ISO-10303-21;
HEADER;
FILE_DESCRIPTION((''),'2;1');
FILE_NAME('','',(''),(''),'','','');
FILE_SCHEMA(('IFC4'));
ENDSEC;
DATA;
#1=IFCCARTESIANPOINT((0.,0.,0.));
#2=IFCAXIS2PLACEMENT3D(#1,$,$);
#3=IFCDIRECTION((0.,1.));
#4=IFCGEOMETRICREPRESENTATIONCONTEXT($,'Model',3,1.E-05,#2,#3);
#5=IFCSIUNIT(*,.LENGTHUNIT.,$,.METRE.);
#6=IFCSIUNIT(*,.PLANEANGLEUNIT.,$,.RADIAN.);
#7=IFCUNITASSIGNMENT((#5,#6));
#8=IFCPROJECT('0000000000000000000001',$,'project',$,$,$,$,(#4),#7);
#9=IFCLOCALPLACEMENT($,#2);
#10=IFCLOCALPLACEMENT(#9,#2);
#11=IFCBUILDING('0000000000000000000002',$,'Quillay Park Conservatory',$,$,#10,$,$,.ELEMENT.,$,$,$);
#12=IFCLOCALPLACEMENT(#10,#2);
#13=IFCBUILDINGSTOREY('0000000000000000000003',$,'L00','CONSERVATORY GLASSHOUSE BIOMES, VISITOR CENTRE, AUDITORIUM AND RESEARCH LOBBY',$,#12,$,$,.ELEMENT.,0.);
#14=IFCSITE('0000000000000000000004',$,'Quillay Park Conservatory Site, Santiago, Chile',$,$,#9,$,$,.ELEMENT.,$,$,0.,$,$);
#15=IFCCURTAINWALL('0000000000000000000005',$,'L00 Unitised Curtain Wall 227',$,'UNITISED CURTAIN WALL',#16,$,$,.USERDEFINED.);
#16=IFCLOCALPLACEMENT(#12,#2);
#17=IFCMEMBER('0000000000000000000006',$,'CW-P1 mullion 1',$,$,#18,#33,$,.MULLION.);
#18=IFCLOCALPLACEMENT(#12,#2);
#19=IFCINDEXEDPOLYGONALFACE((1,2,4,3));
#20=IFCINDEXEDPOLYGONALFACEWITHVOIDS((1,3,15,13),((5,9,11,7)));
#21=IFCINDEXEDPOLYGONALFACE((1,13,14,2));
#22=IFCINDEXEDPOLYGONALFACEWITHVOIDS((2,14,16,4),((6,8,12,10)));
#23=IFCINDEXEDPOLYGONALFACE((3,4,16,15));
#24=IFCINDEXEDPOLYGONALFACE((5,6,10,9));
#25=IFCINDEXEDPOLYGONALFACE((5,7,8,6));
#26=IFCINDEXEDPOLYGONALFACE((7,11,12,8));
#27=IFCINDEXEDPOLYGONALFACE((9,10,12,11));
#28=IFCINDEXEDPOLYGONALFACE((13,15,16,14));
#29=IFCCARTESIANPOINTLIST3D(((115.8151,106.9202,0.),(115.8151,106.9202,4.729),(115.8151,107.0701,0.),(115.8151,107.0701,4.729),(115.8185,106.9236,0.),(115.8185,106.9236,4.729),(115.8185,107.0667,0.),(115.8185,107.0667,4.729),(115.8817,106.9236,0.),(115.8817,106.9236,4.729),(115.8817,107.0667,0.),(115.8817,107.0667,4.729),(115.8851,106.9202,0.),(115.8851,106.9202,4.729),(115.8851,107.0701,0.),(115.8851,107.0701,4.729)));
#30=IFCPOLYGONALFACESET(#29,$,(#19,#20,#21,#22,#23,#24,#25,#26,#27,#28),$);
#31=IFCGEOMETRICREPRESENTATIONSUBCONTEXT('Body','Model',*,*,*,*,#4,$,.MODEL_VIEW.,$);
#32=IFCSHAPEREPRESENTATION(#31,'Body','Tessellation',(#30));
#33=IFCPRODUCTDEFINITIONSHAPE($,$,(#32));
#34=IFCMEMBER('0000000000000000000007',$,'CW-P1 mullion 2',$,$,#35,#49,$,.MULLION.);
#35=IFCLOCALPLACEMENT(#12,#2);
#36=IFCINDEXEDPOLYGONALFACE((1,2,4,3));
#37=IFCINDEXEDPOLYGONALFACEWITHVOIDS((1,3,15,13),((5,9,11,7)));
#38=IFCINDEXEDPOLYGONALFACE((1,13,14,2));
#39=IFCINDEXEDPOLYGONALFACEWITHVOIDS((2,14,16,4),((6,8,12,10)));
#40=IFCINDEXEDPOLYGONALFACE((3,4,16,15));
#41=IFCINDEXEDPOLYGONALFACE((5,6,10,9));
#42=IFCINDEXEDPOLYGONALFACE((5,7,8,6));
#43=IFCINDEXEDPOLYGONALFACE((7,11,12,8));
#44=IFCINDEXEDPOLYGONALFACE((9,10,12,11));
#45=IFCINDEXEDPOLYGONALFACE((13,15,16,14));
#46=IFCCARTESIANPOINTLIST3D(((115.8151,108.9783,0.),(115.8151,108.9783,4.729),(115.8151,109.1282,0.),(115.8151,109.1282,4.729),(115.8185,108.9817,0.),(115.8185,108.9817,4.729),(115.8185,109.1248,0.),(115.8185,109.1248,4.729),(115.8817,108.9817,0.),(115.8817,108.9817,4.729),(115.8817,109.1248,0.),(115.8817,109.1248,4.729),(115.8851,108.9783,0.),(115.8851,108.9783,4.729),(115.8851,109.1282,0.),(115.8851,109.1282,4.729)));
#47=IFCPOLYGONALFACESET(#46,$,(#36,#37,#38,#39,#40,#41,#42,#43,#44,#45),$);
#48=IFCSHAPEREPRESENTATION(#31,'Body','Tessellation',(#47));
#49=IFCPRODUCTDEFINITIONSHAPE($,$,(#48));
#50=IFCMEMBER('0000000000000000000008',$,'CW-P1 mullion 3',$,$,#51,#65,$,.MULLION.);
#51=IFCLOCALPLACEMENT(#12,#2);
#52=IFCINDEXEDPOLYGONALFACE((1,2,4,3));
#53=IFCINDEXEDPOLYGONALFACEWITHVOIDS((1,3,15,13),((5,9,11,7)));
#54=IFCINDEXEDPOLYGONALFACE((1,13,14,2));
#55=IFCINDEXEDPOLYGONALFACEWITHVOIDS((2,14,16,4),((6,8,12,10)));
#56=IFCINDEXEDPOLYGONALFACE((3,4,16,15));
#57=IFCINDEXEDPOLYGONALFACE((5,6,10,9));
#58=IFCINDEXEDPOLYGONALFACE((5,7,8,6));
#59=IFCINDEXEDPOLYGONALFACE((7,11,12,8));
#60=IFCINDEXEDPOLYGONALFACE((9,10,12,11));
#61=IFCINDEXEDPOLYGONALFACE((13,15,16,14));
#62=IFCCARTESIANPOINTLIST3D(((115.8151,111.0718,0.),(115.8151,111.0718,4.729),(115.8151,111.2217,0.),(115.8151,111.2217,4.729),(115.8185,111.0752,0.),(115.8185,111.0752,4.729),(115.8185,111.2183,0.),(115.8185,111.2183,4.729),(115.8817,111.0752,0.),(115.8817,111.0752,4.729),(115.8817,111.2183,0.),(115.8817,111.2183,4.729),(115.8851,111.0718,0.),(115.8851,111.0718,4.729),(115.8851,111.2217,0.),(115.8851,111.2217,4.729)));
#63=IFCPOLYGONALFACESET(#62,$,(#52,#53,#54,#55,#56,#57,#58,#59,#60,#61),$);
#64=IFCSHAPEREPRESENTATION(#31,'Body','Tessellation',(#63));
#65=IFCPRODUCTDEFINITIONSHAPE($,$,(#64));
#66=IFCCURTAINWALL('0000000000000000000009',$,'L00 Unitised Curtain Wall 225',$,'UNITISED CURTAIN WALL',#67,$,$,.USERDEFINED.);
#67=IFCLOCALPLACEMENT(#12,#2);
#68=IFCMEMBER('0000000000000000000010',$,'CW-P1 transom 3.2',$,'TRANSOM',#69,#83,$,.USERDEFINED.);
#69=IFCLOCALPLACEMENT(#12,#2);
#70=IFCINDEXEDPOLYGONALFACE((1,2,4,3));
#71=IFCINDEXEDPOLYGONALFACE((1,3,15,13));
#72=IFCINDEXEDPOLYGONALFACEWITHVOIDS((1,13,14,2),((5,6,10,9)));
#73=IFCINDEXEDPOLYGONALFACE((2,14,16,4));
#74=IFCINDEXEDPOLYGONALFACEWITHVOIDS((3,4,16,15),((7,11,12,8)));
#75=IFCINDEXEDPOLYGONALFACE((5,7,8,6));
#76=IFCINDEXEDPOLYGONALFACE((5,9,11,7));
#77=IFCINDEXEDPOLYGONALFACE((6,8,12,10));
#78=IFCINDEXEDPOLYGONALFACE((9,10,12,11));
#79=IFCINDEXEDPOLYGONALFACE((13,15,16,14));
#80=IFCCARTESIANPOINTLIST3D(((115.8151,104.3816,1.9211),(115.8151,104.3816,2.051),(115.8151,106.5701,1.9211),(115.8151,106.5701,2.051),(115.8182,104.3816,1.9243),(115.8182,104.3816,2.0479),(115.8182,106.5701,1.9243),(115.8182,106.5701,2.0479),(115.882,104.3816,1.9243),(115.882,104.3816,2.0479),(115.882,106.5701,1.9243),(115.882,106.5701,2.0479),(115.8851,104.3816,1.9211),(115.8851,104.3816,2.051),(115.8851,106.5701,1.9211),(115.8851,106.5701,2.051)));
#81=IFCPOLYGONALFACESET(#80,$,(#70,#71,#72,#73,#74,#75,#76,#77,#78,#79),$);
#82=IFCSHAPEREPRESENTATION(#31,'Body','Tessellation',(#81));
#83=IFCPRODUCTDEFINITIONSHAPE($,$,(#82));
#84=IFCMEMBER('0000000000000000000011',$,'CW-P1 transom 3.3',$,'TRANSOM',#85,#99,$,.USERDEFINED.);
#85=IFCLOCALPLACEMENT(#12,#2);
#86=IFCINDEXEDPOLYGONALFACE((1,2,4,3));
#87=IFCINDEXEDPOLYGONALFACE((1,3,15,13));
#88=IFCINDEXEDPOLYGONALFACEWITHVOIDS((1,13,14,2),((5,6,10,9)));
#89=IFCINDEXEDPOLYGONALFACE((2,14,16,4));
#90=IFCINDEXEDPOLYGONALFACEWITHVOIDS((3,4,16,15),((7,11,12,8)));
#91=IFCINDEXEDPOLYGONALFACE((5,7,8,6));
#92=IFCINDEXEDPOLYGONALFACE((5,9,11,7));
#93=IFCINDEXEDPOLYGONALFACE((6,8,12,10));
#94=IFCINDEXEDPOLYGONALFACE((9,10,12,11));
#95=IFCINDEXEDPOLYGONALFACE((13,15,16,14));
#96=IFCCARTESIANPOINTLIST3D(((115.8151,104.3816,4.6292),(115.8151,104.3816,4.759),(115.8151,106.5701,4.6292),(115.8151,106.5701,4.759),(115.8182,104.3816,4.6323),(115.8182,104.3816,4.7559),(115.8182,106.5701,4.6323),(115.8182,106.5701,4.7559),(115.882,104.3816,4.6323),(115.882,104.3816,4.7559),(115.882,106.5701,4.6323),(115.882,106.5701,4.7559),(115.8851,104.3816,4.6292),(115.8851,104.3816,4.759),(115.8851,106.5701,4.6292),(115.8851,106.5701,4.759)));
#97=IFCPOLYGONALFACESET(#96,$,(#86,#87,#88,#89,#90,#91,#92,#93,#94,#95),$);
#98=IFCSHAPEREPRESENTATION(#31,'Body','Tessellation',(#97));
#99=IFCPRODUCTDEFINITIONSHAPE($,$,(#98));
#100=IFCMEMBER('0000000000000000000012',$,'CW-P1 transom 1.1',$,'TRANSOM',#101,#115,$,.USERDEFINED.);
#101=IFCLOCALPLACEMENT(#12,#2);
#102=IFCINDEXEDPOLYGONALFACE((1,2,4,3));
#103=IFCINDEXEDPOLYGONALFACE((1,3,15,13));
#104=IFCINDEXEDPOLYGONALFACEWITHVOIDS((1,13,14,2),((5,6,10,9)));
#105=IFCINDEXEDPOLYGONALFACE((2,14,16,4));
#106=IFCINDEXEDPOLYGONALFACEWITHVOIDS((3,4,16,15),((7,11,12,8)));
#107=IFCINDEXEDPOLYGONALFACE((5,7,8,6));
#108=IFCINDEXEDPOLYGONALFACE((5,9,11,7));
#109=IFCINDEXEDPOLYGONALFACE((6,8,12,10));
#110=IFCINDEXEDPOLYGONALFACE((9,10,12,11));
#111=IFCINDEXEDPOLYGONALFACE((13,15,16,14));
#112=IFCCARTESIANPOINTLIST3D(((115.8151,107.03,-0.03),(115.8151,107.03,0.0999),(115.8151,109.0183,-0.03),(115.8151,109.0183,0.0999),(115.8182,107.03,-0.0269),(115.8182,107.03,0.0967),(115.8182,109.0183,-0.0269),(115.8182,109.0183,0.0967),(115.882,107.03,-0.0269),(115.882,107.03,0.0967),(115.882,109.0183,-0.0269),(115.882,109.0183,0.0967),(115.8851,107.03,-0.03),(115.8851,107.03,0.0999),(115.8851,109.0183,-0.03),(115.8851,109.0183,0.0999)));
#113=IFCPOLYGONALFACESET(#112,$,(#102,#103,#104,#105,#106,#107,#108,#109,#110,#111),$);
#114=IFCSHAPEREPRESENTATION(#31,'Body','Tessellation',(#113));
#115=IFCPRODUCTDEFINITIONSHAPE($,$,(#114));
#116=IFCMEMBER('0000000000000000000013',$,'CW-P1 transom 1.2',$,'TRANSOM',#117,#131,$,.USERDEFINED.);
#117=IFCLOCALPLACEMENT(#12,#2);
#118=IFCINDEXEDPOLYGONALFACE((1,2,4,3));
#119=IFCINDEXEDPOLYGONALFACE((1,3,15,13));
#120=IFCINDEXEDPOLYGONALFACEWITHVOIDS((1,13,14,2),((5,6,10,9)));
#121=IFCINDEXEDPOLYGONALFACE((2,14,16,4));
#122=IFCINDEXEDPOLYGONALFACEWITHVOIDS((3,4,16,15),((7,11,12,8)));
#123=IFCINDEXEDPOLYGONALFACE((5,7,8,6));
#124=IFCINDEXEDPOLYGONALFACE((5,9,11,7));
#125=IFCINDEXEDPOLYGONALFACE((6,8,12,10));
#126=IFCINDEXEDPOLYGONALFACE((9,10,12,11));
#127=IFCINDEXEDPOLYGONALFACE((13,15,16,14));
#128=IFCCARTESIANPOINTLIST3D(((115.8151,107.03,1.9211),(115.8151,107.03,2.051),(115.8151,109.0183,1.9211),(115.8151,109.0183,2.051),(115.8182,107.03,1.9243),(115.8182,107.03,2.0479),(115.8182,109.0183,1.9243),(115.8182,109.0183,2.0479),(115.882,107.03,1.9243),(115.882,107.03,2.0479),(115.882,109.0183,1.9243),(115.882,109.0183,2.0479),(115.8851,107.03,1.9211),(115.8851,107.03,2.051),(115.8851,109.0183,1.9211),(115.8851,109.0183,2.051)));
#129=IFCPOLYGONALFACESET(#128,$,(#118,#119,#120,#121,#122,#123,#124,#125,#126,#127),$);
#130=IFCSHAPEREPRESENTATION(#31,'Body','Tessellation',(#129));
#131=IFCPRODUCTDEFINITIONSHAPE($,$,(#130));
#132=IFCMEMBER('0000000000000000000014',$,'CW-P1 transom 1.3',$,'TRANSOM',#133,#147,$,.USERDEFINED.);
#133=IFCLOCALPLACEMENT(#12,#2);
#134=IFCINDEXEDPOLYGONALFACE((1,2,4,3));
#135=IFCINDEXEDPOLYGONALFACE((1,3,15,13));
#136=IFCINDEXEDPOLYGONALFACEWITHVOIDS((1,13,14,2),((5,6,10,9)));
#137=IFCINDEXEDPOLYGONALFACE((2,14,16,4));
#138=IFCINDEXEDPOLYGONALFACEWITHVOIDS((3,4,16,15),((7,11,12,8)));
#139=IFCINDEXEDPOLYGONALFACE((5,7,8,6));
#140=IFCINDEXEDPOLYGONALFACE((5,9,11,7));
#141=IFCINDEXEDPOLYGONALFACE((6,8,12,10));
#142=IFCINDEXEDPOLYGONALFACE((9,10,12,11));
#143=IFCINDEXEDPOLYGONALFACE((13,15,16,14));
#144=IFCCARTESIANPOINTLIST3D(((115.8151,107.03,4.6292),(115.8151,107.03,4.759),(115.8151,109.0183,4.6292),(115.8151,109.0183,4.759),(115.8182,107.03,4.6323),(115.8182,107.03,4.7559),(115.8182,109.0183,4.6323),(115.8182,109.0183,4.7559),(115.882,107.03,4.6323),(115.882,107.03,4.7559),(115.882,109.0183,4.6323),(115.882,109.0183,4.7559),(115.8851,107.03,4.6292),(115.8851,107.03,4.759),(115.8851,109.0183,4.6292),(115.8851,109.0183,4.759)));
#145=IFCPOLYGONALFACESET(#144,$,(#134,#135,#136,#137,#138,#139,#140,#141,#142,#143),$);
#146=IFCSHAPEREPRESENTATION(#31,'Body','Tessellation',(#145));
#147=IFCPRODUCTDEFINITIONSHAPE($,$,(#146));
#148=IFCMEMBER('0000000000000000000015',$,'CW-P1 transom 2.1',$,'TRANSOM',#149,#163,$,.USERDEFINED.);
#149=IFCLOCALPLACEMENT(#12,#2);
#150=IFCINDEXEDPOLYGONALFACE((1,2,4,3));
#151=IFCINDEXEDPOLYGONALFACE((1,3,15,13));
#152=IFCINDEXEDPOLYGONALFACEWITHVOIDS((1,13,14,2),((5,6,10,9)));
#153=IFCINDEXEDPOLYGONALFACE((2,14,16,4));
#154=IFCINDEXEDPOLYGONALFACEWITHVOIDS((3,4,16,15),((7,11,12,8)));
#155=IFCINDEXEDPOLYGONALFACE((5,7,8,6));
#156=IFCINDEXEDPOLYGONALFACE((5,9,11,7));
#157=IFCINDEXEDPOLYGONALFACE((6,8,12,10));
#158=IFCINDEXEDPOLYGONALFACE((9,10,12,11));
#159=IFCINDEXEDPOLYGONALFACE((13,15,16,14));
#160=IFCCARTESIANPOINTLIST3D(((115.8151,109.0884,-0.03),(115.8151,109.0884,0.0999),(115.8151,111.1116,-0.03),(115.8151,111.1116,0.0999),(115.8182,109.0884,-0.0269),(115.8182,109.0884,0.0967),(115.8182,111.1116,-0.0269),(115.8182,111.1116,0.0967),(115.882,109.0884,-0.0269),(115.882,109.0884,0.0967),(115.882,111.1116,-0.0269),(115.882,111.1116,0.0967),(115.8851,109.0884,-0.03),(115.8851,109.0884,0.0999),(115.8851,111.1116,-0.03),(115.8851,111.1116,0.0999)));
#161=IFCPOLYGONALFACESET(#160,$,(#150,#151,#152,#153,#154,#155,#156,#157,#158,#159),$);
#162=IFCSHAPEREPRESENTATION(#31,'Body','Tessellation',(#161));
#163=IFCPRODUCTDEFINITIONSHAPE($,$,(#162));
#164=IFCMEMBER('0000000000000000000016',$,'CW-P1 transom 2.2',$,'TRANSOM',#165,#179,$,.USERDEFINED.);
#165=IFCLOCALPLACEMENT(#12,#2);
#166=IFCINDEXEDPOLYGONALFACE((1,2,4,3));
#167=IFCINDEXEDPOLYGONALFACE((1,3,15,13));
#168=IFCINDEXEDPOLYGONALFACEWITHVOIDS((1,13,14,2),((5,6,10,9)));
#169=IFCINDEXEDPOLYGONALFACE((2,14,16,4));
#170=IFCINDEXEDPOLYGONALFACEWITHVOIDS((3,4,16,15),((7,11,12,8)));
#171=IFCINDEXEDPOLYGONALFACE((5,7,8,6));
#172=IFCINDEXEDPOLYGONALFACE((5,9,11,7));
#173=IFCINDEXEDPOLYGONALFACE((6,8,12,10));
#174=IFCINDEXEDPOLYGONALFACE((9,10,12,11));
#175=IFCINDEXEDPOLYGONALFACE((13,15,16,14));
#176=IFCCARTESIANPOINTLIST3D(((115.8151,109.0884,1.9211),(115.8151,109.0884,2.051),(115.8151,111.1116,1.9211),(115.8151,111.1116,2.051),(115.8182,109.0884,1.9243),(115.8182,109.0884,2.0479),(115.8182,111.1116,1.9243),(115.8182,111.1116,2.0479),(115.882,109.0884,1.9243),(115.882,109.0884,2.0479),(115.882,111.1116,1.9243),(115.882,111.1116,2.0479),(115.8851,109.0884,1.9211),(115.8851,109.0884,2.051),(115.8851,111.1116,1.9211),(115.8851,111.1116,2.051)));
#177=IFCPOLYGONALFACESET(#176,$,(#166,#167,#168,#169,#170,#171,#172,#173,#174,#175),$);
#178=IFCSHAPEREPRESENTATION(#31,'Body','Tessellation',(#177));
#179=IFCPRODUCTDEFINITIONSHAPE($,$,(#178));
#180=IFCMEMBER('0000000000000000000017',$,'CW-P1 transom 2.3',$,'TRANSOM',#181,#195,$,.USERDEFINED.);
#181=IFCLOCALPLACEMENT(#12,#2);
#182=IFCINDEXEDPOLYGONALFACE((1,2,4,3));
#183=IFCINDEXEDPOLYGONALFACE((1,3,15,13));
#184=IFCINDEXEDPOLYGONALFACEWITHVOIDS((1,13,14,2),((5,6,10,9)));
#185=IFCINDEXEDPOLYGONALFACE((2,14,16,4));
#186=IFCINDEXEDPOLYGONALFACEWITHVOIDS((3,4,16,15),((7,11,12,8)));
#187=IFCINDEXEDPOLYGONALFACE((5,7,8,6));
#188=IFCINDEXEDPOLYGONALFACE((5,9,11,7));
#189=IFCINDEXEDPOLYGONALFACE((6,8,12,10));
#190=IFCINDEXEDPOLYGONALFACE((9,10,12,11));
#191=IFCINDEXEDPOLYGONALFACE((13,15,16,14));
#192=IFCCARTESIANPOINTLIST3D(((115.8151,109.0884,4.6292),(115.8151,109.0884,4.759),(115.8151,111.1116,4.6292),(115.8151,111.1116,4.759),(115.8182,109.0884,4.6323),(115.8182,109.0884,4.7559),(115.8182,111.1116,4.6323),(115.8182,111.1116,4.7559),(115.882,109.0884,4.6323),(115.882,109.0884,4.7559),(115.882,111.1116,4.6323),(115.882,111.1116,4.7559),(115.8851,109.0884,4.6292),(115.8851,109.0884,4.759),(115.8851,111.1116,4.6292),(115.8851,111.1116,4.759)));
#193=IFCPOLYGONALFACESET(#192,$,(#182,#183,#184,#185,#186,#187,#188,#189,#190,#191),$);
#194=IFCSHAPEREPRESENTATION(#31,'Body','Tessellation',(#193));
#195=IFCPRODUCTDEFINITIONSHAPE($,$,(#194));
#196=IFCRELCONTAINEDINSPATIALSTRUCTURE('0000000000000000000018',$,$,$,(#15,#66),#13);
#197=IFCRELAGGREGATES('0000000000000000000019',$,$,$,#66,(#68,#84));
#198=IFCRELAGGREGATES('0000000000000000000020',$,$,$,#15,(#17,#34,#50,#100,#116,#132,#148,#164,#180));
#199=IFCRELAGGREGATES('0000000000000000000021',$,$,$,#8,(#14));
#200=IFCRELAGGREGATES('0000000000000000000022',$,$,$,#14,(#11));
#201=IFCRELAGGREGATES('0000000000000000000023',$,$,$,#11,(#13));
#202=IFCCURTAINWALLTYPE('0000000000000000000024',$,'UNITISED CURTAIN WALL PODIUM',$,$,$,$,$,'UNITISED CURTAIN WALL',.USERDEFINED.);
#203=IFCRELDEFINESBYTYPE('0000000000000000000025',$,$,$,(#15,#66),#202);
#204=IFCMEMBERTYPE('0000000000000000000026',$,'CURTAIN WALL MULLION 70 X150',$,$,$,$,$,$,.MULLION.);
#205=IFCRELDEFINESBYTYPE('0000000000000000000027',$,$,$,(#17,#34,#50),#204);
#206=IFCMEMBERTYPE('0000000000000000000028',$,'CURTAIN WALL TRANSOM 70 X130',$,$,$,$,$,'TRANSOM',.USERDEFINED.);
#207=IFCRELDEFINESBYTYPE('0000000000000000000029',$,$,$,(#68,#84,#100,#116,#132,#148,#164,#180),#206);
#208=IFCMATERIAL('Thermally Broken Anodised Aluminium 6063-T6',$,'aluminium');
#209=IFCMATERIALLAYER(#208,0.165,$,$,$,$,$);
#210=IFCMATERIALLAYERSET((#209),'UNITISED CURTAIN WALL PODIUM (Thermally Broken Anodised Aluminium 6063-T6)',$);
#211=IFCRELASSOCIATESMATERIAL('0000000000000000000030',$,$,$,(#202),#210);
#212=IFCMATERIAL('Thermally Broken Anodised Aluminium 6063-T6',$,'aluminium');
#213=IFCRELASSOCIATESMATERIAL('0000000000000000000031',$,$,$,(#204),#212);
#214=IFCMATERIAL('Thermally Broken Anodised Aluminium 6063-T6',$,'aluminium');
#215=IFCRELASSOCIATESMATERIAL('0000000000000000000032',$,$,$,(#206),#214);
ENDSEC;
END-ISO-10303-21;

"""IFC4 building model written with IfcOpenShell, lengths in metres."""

from ifc_helpers import new_model, si_unit, direction, frame, origin, origin_2d, place, context, subcontext, project, spatial, hollow_rectangle, extrude, material, layer, layer_set, material_profile, profile_set, type_object, element, aggregate, save


model = new_model("IFC4")

# Units and contexts
model_context = context("Model", 3, precision=1e-05, world=origin(), true_north=direction((0.0, 1.0)))
body_context = subcontext(model_context, "Body", "Model", "MODEL_VIEW")
ifc_project = project(units=[si_unit("LENGTHUNIT", "METRE"), si_unit("PLANEANGLEUNIT", "RADIAN")], contexts=[model_context])

# Site, building, storey
site_placement = place(None, origin())
site = spatial("IfcSite", under=ifc_project, at=site_placement, Name="Quillay Park Conservatory Site, Santiago, Chile", CompositionType="ELEMENT", RefElevation=0.0)
building_placement = place(site_placement, origin())
building = spatial("IfcBuilding", under=site, at=building_placement, Name="Quillay Park Conservatory", CompositionType="ELEMENT")
storey_placement = place(building_placement, origin())
storey = spatial("IfcBuildingStorey", under=building, at=storey_placement, Name="L00", Description="CONSERVATORY GLASSHOUSE BIOMES, VISITOR CENTRE, AUDITORIUM AND RESEARCH LOBBY", CompositionType="ELEMENT", Elevation=0.0)

# Curtain walls, members
ifc_material_1 = material(Name="Thermally Broken Anodised Aluminium 6063-T6", Category="aluminium")
ifc_layer_1 = layer(ifc_material_1, 0.165)
ifc_layer_set_1 = layer_set([ifc_layer_1], Name="UNITISED CURTAIN WALL PODIUM (Thermally Broken Anodised Aluminium 6063-T6)")
curtain_wall_type = type_object("IfcCurtainWallType", Name="UNITISED CURTAIN WALL PODIUM", ElementType="UNITISED CURTAIN WALL", PredefinedType="USERDEFINED", material=ifc_layer_set_1)
curtain_wall_1_placement = place(storey_placement, origin())
curtain_wall_1 = element("IfcCurtainWall", 1, at=curtain_wall_1_placement, inside=storey, type_object=curtain_wall_type, Name="L00 Unitised Curtain Wall 227", ObjectType="UNITISED CURTAIN WALL", PredefinedType="USERDEFINED")
ifc_material_2 = material(Name="Thermally Broken Anodised Aluminium 6063-T6", Category="aluminium")
ifc_material_profile_1 = material_profile(ifc_material_2, hollow_rectangle(XDim=0.0701, YDim=0.1499, WallThickness=0.0034, at=origin_2d()), Name="AL70x150x3.5")
ifc_profile_set_1 = profile_set([ifc_material_profile_1], Name="Thermally Broken Anodised Aluminium 6063-T6")
member_type_1 = type_object("IfcMemberType", Name="CURTAIN WALL MULLION 70 X150", PredefinedType="MULLION", material=ifc_profile_set_1)
member_1_placement = place(storey_placement, frame((115.8501, 106.9951, 0.0), z_axis=(0.0, 0.0, 1.0), x_axis=(-1.0, 0.0, 0.0)))
member_1 = element("IfcMember", 2, at=member_1_placement, type_object=member_type_1, Name="CW-P1 mullion 1", PredefinedType="MULLION", context=body_context, shape_type="SweptSolid", body=[
    extrude(hollow_rectangle(XDim=0.0701, YDim=0.1499, WallThickness=0.0034, at=origin_2d()), origin(), (0.0, 0.0, 1.0), 4.729),
])
member_2_placement = place(storey_placement, frame((115.8501, 109.0532, 0.0), z_axis=(0.0, 0.0, 1.0), x_axis=(-1.0, 0.0, 0.0)))
member_2 = element("IfcMember", 3, at=member_2_placement, type_object=member_type_1, Name="CW-P1 mullion 2", PredefinedType="MULLION", context=body_context, shape_type="SweptSolid", body=[
    extrude(hollow_rectangle(XDim=0.0701, YDim=0.1499, WallThickness=0.0034, at=origin_2d()), origin(), (0.0, 0.0, 1.0), 4.729),
])
member_3_placement = place(storey_placement, frame((115.8501, 111.1467, 0.0), z_axis=(0.0, 0.0, 1.0), x_axis=(-1.0, 0.0, 0.0)))
member_3 = element("IfcMember", 4, at=member_3_placement, type_object=member_type_1, Name="CW-P1 mullion 3", PredefinedType="MULLION", context=body_context, shape_type="SweptSolid", body=[
    extrude(hollow_rectangle(XDim=0.0701, YDim=0.1499, WallThickness=0.0034, at=origin_2d()), origin(), (0.0, 0.0, 1.0), 4.729),
])
curtain_wall_2_placement = place(storey_placement, origin())
curtain_wall_2 = element("IfcCurtainWall", 5, at=curtain_wall_2_placement, inside=storey, type_object=curtain_wall_type, Name="L00 Unitised Curtain Wall 225", ObjectType="UNITISED CURTAIN WALL", PredefinedType="USERDEFINED")
ifc_material_3 = material(Name="Thermally Broken Anodised Aluminium 6063-T6", Category="aluminium")
ifc_material_profile_2 = material_profile(ifc_material_3, hollow_rectangle(XDim=0.0701, YDim=0.1299, WallThickness=0.0032, at=origin_2d()), Name="AL70x130x3.2")
ifc_profile_set_2 = profile_set([ifc_material_profile_2], Name="Thermally Broken Anodised Aluminium 6063-T6")
member_type_2 = type_object("IfcMemberType", Name="CURTAIN WALL TRANSOM 70 X130", ElementType="TRANSOM", PredefinedType="USERDEFINED", material=ifc_profile_set_2)
member_4_placement = place(storey_placement, frame((115.8501, 104.3816, 1.9861), z_axis=(0.0, 1.0, 0.0), x_axis=(-1.0, 0.0, 0.0)))
member_4 = element("IfcMember", 6, at=member_4_placement, type_object=member_type_2, Name="CW-P1 transom 3.2", ObjectType="TRANSOM", PredefinedType="USERDEFINED", context=body_context, shape_type="SweptSolid", body=[
    extrude(hollow_rectangle(XDim=0.0701, YDim=0.1299, WallThickness=0.0032, at=origin_2d()), origin(), (0.0, 0.0, 1.0), 2.1885),
])
member_5_placement = place(storey_placement, frame((115.8501, 104.3816, 4.6941), z_axis=(0.0, 1.0, 0.0), x_axis=(-1.0, 0.0, 0.0)))
member_5 = element("IfcMember", 7, at=member_5_placement, type_object=member_type_2, Name="CW-P1 transom 3.3", ObjectType="TRANSOM", PredefinedType="USERDEFINED", context=body_context, shape_type="SweptSolid", body=[
    extrude(hollow_rectangle(XDim=0.0701, YDim=0.1299, WallThickness=0.0032, at=origin_2d()), origin(), (0.0, 0.0, 1.0), 2.1885),
])

# Members
member_6_placement = place(storey_placement, frame((115.8501, 107.03, 0.0349), z_axis=(0.0, 1.0, 0.0), x_axis=(-1.0, 0.0, 0.0)))
member_6 = element("IfcMember", 8, at=member_6_placement, type_object=member_type_2, Name="CW-P1 transom 1.1", ObjectType="TRANSOM", PredefinedType="USERDEFINED", context=body_context, shape_type="SweptSolid", body=[
    extrude(hollow_rectangle(XDim=0.0701, YDim=0.1299, WallThickness=0.0032, at=origin_2d()), origin(), (0.0, 0.0, 1.0), 1.9883),
])
member_7_placement = place(storey_placement, frame((115.8501, 107.03, 1.9861), z_axis=(0.0, 1.0, 0.0), x_axis=(-1.0, 0.0, 0.0)))
member_7 = element("IfcMember", 9, at=member_7_placement, type_object=member_type_2, Name="CW-P1 transom 1.2", ObjectType="TRANSOM", PredefinedType="USERDEFINED", context=body_context, shape_type="SweptSolid", body=[
    extrude(hollow_rectangle(XDim=0.0701, YDim=0.1299, WallThickness=0.0032, at=origin_2d()), origin(), (0.0, 0.0, 1.0), 1.9883),
])
member_8_placement = place(storey_placement, frame((115.8501, 107.03, 4.6941), z_axis=(0.0, 1.0, 0.0), x_axis=(-1.0, 0.0, 0.0)))
member_8 = element("IfcMember", 10, at=member_8_placement, type_object=member_type_2, Name="CW-P1 transom 1.3", ObjectType="TRANSOM", PredefinedType="USERDEFINED", context=body_context, shape_type="SweptSolid", body=[
    extrude(hollow_rectangle(XDim=0.0701, YDim=0.1299, WallThickness=0.0032, at=origin_2d()), origin(), (0.0, 0.0, 1.0), 1.9883),
])
member_9_placement = place(storey_placement, frame((115.8501, 109.0884, 0.0349), z_axis=(0.0, 1.0, 0.0), x_axis=(-1.0, 0.0, 0.0)))
member_9 = element("IfcMember", 11, at=member_9_placement, type_object=member_type_2, Name="CW-P1 transom 2.1", ObjectType="TRANSOM", PredefinedType="USERDEFINED", context=body_context, shape_type="SweptSolid", body=[
    extrude(hollow_rectangle(XDim=0.0701, YDim=0.1299, WallThickness=0.0032, at=origin_2d()), origin(), (0.0, 0.0, 1.0), 2.0232),
])
member_10_placement = place(storey_placement, frame((115.8501, 109.0884, 1.9861), z_axis=(0.0, 1.0, 0.0), x_axis=(-1.0, 0.0, 0.0)))
member_10 = element("IfcMember", 12, at=member_10_placement, type_object=member_type_2, Name="CW-P1 transom 2.2", ObjectType="TRANSOM", PredefinedType="USERDEFINED", context=body_context, shape_type="SweptSolid", body=[
    extrude(hollow_rectangle(XDim=0.0701, YDim=0.1299, WallThickness=0.0032, at=origin_2d()), origin(), (0.0, 0.0, 1.0), 2.0232),
])
member_11_placement = place(storey_placement, frame((115.8501, 109.0884, 4.6941), z_axis=(0.0, 1.0, 0.0), x_axis=(-1.0, 0.0, 0.0)))
member_11 = element("IfcMember", 13, at=member_11_placement, type_object=member_type_2, Name="CW-P1 transom 2.3", ObjectType="TRANSOM", PredefinedType="USERDEFINED", context=body_context, shape_type="SweptSolid", body=[
    extrude(hollow_rectangle(XDim=0.0701, YDim=0.1299, WallThickness=0.0032, at=origin_2d()), origin(), (0.0, 0.0, 1.0), 2.0232),
])

aggregate(curtain_wall_2, [member_4, member_5])
aggregate(curtain_wall_1, [member_1, member_2, member_3, member_6, member_7, member_8, member_9, member_10, member_11])

save(model, "model.ifc")
